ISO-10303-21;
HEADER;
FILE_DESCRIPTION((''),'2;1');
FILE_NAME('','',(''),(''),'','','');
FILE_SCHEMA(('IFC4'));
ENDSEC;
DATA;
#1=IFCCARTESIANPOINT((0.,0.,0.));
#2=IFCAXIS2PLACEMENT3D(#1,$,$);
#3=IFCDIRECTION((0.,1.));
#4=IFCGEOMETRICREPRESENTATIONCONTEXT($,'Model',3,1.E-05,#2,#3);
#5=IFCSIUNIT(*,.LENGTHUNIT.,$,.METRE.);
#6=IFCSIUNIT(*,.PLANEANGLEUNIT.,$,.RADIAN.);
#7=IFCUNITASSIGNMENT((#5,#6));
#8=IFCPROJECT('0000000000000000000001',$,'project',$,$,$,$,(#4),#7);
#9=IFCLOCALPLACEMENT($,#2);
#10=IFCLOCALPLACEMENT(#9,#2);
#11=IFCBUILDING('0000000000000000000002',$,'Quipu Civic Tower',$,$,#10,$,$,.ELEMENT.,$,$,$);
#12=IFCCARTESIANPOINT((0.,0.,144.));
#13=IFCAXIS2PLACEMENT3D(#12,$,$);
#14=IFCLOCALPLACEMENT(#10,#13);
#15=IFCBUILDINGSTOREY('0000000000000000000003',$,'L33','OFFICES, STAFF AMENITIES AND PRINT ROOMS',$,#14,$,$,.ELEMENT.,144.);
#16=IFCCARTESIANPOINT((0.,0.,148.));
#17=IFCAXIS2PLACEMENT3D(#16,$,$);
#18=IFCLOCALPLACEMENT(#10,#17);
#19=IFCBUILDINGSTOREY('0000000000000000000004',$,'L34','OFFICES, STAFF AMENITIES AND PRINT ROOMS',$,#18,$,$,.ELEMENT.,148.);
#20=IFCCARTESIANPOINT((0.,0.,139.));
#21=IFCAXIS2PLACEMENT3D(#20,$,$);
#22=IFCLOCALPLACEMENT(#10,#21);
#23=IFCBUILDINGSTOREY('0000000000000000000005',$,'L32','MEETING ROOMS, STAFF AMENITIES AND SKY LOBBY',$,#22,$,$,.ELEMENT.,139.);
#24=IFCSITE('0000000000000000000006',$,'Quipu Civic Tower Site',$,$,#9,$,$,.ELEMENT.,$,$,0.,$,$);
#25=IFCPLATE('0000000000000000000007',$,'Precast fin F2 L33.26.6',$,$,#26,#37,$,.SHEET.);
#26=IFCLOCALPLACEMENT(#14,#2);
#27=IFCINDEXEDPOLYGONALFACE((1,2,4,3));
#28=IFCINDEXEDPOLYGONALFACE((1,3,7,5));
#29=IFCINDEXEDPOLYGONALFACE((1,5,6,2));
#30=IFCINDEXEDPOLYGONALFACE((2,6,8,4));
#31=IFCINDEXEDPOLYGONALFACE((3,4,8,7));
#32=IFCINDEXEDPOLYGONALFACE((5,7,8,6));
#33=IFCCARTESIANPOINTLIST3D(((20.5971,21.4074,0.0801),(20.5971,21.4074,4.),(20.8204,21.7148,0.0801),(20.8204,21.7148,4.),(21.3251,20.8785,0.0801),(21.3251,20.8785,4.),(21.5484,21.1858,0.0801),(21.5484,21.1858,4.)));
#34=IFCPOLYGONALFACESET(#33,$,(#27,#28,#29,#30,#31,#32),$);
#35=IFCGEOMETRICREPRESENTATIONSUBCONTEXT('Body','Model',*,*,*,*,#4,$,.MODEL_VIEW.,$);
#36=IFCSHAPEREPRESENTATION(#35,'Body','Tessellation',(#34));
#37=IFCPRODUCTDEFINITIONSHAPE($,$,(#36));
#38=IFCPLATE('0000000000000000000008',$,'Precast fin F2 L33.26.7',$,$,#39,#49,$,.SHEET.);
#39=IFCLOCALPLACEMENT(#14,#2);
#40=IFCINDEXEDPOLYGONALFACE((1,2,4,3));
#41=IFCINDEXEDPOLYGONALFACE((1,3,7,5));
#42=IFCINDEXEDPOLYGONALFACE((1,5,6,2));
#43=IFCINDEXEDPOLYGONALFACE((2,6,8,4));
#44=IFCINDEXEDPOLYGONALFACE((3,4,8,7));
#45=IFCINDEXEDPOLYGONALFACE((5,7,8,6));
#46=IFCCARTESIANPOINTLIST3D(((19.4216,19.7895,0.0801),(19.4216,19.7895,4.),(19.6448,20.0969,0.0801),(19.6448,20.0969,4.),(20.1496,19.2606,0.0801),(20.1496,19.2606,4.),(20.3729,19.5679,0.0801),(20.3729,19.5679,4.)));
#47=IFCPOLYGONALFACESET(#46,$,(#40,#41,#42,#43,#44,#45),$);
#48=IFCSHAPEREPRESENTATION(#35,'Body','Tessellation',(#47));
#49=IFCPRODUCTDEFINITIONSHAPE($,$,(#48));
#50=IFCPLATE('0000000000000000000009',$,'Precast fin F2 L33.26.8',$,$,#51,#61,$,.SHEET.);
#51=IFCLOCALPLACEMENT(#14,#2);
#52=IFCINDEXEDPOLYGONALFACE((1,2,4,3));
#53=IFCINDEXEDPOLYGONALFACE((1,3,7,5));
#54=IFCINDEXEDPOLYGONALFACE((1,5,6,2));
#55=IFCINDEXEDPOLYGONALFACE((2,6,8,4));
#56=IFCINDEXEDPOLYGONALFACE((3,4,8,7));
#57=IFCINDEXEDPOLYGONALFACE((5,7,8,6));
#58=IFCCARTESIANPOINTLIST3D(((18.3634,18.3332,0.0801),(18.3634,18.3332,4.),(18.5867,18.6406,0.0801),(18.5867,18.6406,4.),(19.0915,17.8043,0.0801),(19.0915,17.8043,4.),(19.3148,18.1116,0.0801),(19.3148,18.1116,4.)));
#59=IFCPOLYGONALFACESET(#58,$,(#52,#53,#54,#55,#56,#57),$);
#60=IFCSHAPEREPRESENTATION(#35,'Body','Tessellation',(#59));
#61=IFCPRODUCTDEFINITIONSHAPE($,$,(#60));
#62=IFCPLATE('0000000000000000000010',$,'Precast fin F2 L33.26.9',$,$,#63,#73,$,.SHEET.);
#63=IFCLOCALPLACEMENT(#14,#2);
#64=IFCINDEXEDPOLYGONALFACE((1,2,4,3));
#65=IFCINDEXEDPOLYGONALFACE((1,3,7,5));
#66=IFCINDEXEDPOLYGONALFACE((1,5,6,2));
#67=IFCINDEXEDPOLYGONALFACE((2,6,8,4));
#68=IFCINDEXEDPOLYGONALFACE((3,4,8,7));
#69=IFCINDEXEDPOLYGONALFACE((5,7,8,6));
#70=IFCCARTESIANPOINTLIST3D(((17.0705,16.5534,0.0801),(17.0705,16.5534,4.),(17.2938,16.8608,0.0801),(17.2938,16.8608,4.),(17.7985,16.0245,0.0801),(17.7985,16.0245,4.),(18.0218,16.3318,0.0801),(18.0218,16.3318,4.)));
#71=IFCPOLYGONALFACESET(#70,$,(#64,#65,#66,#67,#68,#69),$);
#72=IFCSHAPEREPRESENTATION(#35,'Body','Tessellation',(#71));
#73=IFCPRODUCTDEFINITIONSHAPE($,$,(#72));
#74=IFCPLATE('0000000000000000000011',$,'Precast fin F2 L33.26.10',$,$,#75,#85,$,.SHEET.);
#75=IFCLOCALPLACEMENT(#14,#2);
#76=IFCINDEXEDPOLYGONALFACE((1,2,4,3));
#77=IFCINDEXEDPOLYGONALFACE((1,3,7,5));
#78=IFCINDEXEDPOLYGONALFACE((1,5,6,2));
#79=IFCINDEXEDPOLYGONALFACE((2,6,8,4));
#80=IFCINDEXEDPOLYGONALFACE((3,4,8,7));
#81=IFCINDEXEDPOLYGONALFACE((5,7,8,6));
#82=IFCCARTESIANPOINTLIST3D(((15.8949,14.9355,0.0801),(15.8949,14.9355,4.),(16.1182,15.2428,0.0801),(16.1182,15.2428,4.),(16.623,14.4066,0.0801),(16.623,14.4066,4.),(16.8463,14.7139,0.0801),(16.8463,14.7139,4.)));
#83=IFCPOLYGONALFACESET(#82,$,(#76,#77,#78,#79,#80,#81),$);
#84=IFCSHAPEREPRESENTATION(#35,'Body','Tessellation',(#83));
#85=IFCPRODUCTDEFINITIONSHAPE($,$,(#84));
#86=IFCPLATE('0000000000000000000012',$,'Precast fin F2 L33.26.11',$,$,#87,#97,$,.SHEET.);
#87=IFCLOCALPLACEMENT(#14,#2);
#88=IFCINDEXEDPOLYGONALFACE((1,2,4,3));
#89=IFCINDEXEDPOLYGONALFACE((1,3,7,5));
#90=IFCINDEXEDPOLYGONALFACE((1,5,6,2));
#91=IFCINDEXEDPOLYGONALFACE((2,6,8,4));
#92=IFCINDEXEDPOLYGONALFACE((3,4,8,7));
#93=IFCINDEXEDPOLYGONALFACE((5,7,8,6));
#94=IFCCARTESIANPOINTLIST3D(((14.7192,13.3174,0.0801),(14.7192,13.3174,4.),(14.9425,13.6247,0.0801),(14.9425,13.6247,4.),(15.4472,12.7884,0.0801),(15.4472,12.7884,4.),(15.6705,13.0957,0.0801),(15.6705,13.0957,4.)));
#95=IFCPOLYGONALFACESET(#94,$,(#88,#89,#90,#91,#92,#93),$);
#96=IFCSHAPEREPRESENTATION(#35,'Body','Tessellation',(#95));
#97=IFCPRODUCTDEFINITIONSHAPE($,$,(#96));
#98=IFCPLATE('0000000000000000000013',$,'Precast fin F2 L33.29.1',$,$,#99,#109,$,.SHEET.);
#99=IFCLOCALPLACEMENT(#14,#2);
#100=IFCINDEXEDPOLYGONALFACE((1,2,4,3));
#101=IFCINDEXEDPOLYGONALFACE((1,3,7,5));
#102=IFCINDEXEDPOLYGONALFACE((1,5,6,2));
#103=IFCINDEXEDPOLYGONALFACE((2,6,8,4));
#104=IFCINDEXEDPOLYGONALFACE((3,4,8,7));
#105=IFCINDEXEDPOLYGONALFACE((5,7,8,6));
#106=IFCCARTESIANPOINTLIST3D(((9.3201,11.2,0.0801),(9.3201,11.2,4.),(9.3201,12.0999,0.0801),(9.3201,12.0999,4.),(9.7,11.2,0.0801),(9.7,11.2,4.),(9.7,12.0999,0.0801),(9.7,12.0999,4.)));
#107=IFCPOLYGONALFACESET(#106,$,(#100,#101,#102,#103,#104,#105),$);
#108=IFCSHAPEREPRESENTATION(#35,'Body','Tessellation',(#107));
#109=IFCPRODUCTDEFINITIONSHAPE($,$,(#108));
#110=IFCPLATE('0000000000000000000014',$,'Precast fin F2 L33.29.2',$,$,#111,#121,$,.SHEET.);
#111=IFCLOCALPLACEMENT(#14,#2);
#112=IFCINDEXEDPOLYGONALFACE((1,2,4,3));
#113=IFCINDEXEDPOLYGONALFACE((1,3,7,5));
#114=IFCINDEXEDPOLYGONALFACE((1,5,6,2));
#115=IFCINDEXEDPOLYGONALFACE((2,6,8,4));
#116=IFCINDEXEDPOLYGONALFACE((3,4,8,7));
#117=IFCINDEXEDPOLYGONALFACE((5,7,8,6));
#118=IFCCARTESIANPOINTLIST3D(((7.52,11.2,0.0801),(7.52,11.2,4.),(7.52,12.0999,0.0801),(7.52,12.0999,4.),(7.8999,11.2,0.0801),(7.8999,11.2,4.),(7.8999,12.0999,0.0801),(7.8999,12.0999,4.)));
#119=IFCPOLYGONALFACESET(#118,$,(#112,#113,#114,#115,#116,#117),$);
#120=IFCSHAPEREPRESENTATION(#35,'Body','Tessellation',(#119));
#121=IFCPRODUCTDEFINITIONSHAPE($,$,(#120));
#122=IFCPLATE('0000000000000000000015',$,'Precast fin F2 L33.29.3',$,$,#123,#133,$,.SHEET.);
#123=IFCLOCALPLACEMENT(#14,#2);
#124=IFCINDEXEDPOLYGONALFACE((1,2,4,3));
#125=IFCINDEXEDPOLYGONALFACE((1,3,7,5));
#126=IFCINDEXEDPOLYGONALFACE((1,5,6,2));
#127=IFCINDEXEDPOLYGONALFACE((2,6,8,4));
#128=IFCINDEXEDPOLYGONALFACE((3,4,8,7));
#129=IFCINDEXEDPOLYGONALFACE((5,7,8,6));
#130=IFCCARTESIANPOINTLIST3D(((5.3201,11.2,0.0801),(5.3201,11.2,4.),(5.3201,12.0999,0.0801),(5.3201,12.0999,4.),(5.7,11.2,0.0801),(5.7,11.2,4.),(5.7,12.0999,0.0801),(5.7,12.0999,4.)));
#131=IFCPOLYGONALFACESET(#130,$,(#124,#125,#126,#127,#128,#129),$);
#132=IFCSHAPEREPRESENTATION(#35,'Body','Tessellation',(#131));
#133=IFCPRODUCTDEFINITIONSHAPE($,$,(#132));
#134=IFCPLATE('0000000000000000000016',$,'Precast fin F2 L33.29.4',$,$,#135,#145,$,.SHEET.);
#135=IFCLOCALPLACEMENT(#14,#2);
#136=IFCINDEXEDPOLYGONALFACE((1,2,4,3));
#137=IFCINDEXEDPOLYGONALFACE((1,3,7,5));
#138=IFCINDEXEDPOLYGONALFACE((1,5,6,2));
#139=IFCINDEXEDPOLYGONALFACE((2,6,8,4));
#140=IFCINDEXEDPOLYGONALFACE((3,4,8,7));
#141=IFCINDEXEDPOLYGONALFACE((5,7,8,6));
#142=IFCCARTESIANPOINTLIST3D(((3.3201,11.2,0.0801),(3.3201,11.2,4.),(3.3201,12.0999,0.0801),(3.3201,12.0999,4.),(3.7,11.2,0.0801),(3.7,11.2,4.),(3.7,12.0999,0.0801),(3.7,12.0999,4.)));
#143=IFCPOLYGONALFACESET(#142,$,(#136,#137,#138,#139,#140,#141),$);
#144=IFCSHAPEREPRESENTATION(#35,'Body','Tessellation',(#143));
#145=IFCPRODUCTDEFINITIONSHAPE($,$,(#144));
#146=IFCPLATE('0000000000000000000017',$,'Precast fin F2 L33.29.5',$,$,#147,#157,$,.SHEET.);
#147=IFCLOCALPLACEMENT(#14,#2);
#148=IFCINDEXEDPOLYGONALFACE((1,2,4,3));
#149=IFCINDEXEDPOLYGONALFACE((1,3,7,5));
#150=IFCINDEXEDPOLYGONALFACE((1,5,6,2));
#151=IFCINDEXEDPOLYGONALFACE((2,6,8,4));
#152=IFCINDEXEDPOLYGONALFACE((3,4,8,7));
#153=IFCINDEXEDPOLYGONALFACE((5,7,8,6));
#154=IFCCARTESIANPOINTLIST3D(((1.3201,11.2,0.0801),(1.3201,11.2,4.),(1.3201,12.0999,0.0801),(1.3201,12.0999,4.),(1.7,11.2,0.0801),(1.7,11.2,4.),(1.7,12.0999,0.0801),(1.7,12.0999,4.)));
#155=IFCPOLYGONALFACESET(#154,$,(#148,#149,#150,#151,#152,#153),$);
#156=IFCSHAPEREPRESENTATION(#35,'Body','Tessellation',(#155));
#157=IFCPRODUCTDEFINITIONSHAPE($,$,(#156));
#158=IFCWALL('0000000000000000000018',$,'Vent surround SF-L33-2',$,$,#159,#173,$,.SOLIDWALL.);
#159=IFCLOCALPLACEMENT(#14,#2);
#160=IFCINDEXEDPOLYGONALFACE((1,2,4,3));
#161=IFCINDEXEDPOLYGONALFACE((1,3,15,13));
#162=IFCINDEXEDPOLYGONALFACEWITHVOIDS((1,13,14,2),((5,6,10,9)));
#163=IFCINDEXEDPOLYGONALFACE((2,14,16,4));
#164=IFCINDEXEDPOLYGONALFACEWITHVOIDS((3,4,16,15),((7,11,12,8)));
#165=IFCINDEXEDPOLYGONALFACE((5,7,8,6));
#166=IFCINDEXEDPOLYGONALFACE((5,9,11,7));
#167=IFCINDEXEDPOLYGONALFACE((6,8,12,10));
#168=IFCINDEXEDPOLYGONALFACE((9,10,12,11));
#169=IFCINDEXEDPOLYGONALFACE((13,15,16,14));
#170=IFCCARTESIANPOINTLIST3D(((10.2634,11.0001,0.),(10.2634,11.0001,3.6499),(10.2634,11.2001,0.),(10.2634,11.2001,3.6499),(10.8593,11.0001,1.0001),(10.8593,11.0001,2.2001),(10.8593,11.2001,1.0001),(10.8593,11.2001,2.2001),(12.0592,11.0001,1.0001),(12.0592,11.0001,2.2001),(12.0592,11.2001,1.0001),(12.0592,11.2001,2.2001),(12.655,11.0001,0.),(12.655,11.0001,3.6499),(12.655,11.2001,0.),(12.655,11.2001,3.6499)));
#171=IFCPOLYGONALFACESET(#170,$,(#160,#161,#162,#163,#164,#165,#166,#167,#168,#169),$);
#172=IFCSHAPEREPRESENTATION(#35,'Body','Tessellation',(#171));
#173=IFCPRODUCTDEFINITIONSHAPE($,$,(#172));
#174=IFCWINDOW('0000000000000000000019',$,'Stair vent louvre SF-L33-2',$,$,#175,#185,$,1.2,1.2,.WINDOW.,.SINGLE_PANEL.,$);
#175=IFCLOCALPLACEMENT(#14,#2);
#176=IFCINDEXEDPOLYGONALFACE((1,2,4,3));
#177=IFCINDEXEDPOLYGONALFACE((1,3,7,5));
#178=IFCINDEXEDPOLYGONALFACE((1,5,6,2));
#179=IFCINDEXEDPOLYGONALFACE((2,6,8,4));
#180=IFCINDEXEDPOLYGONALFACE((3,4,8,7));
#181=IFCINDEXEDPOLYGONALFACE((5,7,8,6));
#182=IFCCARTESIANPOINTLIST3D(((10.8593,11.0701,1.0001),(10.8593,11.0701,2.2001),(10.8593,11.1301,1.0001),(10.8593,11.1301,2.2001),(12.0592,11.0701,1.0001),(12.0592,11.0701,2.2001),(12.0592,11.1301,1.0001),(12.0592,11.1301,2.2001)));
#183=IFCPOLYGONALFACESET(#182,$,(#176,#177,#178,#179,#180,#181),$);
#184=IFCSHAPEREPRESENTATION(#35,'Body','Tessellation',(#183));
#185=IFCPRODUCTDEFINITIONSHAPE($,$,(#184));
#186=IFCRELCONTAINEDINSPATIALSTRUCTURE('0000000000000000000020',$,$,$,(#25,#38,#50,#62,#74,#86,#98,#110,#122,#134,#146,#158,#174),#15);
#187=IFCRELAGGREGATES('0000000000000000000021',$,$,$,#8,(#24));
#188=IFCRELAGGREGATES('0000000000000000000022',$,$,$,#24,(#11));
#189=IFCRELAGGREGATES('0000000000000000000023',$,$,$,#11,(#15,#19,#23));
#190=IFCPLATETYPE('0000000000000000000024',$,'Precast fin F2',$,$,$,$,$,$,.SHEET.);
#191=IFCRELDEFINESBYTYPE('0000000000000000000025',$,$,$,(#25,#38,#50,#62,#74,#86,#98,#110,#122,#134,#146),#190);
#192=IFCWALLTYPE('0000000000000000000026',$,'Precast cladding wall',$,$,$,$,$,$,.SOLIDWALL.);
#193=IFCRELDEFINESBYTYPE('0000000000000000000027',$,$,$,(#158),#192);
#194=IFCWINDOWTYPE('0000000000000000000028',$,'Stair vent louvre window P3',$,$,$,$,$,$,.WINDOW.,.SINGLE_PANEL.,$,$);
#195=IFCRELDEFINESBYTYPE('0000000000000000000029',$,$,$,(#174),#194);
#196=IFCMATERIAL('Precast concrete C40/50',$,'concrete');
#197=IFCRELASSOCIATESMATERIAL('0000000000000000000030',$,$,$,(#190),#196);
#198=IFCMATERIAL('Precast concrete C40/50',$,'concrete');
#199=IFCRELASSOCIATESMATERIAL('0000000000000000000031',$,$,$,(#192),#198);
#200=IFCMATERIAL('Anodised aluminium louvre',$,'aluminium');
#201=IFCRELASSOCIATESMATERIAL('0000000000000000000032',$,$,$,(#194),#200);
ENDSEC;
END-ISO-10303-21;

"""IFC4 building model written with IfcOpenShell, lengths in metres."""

from ifc_helpers import new_model, si_unit, direction, frame, frame_2d, origin, origin_2d, place, context, subcontext, project, spatial, rectangle, extrude, material, type_object, element, fill, save


model = new_model("IFC4")

# Units and contexts
model_context = context("Model", 3, precision=1e-05, world=origin(), true_north=direction((0.0, 1.0)))
body_context = subcontext(model_context, "Body", "Model", "MODEL_VIEW")
ifc_project = project(units=[si_unit("LENGTHUNIT", "METRE"), si_unit("PLANEANGLEUNIT", "RADIAN")], contexts=[model_context])

# Site, building, storey
site_placement = place(None, origin())
site = spatial("IfcSite", under=ifc_project, at=site_placement, Name="Quipu Civic Tower Site", CompositionType="ELEMENT", RefElevation=0.0)
building_placement = place(site_placement, origin())
building = spatial("IfcBuilding", under=site, at=building_placement, Name="Quipu Civic Tower", CompositionType="ELEMENT")
storey_1_placement = place(building_placement, frame((0.0, 0.0, 144.0)))
storey_1 = spatial("IfcBuildingStorey", under=building, at=storey_1_placement, Name="L33", Description="OFFICES, STAFF AMENITIES AND PRINT ROOMS", CompositionType="ELEMENT", Elevation=144.0)

# Shared definitions
storey_2_placement = place(building_placement, frame((0.0, 0.0, 148.0)))
storey_2 = spatial("IfcBuildingStorey", under=building, at=storey_2_placement, Name="L34", Description="OFFICES, STAFF AMENITIES AND PRINT ROOMS", CompositionType="ELEMENT", Elevation=148.0)

# Shared definitions
storey_3_placement = place(building_placement, frame((0.0, 0.0, 139.0)))
storey_3 = spatial("IfcBuildingStorey", under=building, at=storey_3_placement, Name="L32", Description="MEETING ROOMS, STAFF AMENITIES AND SKY LOBBY", CompositionType="ELEMENT", Elevation=139.0)

# Plates
ifc_material_1 = material(Name="Precast concrete C40/50", Category="concrete")
plate_type_1 = type_object("IfcPlateType", Name="Precast fin F2", PredefinedType="SHEET", material=ifc_material_1)
for number, where, z_axis, x_axis, name in (
    (1, (21.0728, 21.2966, 0.0801), (0.0, 0.0, 1.0), (-0.587787, -0.809016, 0.0), "Precast fin F2 L33.26.6"),
    (2, (19.8972, 19.6787, 0.0801), (0.0, 0.0, 1.0), (-0.587787, -0.809016, 0.0), "Precast fin F2 L33.26.7"),
    (3, (18.8391, 18.2224, 0.0801), (0.0, 0.0, 1.0), (-0.587787, -0.809016, 0.0), "Precast fin F2 L33.26.8"),
    (4, (17.5461, 16.4426, 0.0801), (0.0, 0.0, 1.0), (-0.587787, -0.809016, 0.0), "Precast fin F2 L33.26.9"),
    (5, (16.3706, 14.8247, 0.0801), (0.0, 0.0, 1.0), (-0.587787, -0.809016, 0.0), "Precast fin F2 L33.26.10"),
    (6, (15.1948, 13.2065, 0.0801), (0.0, 0.0, 1.0), (-0.587787, -0.809016, 0.0), "Precast fin F2 L33.26.11"),
    (7, (9.51, 11.6499, 0.0801), (0.0, 0.0, 1.0), (-1.0, 0.0, 0.0), "Precast fin F2 L33.29.1"),
    (8, (7.71, 11.6499, 0.0801), (0.0, 0.0, 1.0), (-1.0, 0.0, 0.0), "Precast fin F2 L33.29.2"),
    (9, (5.51, 11.6499, 0.0801), (0.0, 0.0, 1.0), (-1.0, 0.0, 0.0), "Precast fin F2 L33.29.3"),
    (10, (3.51, 11.6499, 0.0801), (0.0, 0.0, 1.0), (-1.0, 0.0, 0.0), "Precast fin F2 L33.29.4"),
    (11, (1.51, 11.6499, 0.0801), (0.0, 0.0, 1.0), (-1.0, 0.0, 0.0), "Precast fin F2 L33.29.5"),
):
    element("IfcPlate", number, at=place(storey_1_placement, frame(where, z_axis=z_axis, x_axis=x_axis)), inside=storey_1, type_object=plate_type_1, Name=name, PredefinedType="SHEET", context=body_context, shape_type="SweptSolid", body=[
        extrude(rectangle(XDim=0.3799, YDim=0.8999, at=origin_2d()), origin(), (0.0, 0.0, 1.0), 3.9199),
    ])

# Wall, opening, window
ifc_material_2 = material(Name="Precast concrete C40/50", Category="concrete")
wall_type = type_object("IfcWallType", Name="Precast cladding wall", PredefinedType="SOLIDWALL", material=ifc_material_2)
wall_placement = place(storey_1_placement, frame((12.655, 11.1001, 0.0), z_axis=(0.0, 0.0, 1.0), x_axis=(-1.0, 0.0, 0.0)))
wall = element("IfcWall", 12, at=wall_placement, inside=storey_1, type_object=wall_type, Name="Vent surround SF-L33-2", PredefinedType="SOLIDWALL", context=body_context, shape_type="SweptSolid", body=[
    extrude(rectangle(XDim=2.3916, YDim=0.2, at=frame_2d((1.1958, 0.0))), origin(), (0.0, 0.0, 1.0), 3.6499),
])
opening_placement = place(wall_placement, frame((0.5957, 0.0, 1.0)))
opening = element("IfcOpeningElement", 13, at=opening_placement, cuts=wall, PredefinedType="OPENING", context=body_context, shape_type="SweptSolid", body=[
    extrude(rectangle(XDim=1.2, YDim=1.2, at=frame_2d((0.6001, 0.6001))), frame((0.0, 0.1099, 0.0), z_axis=(0.0, -1.0, 0.0), x_axis=(1.0, 0.0, 0.0)), (0.0, 0.0, 1.0), 0.22),
])
ifc_material_3 = material(Name="Anodised aluminium louvre", Category="aluminium")
window_type = type_object("IfcWindowType", Name="Stair vent louvre window P3", PartitioningType="SINGLE_PANEL", PredefinedType="WINDOW", material=ifc_material_3)
window_placement = place(opening_placement, origin())
window = element("IfcWindow", 14, at=window_placement, inside=storey_1, type_object=window_type, Name="Stair vent louvre SF-L33-2", OverallHeight=1.2, OverallWidth=1.2, PartitioningType="SINGLE_PANEL", PredefinedType="WINDOW", context=body_context, shape_type="SweptSolid", body=[
    extrude(rectangle(XDim=1.2, YDim=1.2, at=frame_2d((0.6001, 0.6001))), frame((0.0, 0.03, 0.0), z_axis=(0.0, -1.0, 0.0), x_axis=(1.0, 0.0, 0.0)), (0.0, 0.0, 1.0), 0.0601),
])
fill(opening, window)

save(model, "model.ifc")
